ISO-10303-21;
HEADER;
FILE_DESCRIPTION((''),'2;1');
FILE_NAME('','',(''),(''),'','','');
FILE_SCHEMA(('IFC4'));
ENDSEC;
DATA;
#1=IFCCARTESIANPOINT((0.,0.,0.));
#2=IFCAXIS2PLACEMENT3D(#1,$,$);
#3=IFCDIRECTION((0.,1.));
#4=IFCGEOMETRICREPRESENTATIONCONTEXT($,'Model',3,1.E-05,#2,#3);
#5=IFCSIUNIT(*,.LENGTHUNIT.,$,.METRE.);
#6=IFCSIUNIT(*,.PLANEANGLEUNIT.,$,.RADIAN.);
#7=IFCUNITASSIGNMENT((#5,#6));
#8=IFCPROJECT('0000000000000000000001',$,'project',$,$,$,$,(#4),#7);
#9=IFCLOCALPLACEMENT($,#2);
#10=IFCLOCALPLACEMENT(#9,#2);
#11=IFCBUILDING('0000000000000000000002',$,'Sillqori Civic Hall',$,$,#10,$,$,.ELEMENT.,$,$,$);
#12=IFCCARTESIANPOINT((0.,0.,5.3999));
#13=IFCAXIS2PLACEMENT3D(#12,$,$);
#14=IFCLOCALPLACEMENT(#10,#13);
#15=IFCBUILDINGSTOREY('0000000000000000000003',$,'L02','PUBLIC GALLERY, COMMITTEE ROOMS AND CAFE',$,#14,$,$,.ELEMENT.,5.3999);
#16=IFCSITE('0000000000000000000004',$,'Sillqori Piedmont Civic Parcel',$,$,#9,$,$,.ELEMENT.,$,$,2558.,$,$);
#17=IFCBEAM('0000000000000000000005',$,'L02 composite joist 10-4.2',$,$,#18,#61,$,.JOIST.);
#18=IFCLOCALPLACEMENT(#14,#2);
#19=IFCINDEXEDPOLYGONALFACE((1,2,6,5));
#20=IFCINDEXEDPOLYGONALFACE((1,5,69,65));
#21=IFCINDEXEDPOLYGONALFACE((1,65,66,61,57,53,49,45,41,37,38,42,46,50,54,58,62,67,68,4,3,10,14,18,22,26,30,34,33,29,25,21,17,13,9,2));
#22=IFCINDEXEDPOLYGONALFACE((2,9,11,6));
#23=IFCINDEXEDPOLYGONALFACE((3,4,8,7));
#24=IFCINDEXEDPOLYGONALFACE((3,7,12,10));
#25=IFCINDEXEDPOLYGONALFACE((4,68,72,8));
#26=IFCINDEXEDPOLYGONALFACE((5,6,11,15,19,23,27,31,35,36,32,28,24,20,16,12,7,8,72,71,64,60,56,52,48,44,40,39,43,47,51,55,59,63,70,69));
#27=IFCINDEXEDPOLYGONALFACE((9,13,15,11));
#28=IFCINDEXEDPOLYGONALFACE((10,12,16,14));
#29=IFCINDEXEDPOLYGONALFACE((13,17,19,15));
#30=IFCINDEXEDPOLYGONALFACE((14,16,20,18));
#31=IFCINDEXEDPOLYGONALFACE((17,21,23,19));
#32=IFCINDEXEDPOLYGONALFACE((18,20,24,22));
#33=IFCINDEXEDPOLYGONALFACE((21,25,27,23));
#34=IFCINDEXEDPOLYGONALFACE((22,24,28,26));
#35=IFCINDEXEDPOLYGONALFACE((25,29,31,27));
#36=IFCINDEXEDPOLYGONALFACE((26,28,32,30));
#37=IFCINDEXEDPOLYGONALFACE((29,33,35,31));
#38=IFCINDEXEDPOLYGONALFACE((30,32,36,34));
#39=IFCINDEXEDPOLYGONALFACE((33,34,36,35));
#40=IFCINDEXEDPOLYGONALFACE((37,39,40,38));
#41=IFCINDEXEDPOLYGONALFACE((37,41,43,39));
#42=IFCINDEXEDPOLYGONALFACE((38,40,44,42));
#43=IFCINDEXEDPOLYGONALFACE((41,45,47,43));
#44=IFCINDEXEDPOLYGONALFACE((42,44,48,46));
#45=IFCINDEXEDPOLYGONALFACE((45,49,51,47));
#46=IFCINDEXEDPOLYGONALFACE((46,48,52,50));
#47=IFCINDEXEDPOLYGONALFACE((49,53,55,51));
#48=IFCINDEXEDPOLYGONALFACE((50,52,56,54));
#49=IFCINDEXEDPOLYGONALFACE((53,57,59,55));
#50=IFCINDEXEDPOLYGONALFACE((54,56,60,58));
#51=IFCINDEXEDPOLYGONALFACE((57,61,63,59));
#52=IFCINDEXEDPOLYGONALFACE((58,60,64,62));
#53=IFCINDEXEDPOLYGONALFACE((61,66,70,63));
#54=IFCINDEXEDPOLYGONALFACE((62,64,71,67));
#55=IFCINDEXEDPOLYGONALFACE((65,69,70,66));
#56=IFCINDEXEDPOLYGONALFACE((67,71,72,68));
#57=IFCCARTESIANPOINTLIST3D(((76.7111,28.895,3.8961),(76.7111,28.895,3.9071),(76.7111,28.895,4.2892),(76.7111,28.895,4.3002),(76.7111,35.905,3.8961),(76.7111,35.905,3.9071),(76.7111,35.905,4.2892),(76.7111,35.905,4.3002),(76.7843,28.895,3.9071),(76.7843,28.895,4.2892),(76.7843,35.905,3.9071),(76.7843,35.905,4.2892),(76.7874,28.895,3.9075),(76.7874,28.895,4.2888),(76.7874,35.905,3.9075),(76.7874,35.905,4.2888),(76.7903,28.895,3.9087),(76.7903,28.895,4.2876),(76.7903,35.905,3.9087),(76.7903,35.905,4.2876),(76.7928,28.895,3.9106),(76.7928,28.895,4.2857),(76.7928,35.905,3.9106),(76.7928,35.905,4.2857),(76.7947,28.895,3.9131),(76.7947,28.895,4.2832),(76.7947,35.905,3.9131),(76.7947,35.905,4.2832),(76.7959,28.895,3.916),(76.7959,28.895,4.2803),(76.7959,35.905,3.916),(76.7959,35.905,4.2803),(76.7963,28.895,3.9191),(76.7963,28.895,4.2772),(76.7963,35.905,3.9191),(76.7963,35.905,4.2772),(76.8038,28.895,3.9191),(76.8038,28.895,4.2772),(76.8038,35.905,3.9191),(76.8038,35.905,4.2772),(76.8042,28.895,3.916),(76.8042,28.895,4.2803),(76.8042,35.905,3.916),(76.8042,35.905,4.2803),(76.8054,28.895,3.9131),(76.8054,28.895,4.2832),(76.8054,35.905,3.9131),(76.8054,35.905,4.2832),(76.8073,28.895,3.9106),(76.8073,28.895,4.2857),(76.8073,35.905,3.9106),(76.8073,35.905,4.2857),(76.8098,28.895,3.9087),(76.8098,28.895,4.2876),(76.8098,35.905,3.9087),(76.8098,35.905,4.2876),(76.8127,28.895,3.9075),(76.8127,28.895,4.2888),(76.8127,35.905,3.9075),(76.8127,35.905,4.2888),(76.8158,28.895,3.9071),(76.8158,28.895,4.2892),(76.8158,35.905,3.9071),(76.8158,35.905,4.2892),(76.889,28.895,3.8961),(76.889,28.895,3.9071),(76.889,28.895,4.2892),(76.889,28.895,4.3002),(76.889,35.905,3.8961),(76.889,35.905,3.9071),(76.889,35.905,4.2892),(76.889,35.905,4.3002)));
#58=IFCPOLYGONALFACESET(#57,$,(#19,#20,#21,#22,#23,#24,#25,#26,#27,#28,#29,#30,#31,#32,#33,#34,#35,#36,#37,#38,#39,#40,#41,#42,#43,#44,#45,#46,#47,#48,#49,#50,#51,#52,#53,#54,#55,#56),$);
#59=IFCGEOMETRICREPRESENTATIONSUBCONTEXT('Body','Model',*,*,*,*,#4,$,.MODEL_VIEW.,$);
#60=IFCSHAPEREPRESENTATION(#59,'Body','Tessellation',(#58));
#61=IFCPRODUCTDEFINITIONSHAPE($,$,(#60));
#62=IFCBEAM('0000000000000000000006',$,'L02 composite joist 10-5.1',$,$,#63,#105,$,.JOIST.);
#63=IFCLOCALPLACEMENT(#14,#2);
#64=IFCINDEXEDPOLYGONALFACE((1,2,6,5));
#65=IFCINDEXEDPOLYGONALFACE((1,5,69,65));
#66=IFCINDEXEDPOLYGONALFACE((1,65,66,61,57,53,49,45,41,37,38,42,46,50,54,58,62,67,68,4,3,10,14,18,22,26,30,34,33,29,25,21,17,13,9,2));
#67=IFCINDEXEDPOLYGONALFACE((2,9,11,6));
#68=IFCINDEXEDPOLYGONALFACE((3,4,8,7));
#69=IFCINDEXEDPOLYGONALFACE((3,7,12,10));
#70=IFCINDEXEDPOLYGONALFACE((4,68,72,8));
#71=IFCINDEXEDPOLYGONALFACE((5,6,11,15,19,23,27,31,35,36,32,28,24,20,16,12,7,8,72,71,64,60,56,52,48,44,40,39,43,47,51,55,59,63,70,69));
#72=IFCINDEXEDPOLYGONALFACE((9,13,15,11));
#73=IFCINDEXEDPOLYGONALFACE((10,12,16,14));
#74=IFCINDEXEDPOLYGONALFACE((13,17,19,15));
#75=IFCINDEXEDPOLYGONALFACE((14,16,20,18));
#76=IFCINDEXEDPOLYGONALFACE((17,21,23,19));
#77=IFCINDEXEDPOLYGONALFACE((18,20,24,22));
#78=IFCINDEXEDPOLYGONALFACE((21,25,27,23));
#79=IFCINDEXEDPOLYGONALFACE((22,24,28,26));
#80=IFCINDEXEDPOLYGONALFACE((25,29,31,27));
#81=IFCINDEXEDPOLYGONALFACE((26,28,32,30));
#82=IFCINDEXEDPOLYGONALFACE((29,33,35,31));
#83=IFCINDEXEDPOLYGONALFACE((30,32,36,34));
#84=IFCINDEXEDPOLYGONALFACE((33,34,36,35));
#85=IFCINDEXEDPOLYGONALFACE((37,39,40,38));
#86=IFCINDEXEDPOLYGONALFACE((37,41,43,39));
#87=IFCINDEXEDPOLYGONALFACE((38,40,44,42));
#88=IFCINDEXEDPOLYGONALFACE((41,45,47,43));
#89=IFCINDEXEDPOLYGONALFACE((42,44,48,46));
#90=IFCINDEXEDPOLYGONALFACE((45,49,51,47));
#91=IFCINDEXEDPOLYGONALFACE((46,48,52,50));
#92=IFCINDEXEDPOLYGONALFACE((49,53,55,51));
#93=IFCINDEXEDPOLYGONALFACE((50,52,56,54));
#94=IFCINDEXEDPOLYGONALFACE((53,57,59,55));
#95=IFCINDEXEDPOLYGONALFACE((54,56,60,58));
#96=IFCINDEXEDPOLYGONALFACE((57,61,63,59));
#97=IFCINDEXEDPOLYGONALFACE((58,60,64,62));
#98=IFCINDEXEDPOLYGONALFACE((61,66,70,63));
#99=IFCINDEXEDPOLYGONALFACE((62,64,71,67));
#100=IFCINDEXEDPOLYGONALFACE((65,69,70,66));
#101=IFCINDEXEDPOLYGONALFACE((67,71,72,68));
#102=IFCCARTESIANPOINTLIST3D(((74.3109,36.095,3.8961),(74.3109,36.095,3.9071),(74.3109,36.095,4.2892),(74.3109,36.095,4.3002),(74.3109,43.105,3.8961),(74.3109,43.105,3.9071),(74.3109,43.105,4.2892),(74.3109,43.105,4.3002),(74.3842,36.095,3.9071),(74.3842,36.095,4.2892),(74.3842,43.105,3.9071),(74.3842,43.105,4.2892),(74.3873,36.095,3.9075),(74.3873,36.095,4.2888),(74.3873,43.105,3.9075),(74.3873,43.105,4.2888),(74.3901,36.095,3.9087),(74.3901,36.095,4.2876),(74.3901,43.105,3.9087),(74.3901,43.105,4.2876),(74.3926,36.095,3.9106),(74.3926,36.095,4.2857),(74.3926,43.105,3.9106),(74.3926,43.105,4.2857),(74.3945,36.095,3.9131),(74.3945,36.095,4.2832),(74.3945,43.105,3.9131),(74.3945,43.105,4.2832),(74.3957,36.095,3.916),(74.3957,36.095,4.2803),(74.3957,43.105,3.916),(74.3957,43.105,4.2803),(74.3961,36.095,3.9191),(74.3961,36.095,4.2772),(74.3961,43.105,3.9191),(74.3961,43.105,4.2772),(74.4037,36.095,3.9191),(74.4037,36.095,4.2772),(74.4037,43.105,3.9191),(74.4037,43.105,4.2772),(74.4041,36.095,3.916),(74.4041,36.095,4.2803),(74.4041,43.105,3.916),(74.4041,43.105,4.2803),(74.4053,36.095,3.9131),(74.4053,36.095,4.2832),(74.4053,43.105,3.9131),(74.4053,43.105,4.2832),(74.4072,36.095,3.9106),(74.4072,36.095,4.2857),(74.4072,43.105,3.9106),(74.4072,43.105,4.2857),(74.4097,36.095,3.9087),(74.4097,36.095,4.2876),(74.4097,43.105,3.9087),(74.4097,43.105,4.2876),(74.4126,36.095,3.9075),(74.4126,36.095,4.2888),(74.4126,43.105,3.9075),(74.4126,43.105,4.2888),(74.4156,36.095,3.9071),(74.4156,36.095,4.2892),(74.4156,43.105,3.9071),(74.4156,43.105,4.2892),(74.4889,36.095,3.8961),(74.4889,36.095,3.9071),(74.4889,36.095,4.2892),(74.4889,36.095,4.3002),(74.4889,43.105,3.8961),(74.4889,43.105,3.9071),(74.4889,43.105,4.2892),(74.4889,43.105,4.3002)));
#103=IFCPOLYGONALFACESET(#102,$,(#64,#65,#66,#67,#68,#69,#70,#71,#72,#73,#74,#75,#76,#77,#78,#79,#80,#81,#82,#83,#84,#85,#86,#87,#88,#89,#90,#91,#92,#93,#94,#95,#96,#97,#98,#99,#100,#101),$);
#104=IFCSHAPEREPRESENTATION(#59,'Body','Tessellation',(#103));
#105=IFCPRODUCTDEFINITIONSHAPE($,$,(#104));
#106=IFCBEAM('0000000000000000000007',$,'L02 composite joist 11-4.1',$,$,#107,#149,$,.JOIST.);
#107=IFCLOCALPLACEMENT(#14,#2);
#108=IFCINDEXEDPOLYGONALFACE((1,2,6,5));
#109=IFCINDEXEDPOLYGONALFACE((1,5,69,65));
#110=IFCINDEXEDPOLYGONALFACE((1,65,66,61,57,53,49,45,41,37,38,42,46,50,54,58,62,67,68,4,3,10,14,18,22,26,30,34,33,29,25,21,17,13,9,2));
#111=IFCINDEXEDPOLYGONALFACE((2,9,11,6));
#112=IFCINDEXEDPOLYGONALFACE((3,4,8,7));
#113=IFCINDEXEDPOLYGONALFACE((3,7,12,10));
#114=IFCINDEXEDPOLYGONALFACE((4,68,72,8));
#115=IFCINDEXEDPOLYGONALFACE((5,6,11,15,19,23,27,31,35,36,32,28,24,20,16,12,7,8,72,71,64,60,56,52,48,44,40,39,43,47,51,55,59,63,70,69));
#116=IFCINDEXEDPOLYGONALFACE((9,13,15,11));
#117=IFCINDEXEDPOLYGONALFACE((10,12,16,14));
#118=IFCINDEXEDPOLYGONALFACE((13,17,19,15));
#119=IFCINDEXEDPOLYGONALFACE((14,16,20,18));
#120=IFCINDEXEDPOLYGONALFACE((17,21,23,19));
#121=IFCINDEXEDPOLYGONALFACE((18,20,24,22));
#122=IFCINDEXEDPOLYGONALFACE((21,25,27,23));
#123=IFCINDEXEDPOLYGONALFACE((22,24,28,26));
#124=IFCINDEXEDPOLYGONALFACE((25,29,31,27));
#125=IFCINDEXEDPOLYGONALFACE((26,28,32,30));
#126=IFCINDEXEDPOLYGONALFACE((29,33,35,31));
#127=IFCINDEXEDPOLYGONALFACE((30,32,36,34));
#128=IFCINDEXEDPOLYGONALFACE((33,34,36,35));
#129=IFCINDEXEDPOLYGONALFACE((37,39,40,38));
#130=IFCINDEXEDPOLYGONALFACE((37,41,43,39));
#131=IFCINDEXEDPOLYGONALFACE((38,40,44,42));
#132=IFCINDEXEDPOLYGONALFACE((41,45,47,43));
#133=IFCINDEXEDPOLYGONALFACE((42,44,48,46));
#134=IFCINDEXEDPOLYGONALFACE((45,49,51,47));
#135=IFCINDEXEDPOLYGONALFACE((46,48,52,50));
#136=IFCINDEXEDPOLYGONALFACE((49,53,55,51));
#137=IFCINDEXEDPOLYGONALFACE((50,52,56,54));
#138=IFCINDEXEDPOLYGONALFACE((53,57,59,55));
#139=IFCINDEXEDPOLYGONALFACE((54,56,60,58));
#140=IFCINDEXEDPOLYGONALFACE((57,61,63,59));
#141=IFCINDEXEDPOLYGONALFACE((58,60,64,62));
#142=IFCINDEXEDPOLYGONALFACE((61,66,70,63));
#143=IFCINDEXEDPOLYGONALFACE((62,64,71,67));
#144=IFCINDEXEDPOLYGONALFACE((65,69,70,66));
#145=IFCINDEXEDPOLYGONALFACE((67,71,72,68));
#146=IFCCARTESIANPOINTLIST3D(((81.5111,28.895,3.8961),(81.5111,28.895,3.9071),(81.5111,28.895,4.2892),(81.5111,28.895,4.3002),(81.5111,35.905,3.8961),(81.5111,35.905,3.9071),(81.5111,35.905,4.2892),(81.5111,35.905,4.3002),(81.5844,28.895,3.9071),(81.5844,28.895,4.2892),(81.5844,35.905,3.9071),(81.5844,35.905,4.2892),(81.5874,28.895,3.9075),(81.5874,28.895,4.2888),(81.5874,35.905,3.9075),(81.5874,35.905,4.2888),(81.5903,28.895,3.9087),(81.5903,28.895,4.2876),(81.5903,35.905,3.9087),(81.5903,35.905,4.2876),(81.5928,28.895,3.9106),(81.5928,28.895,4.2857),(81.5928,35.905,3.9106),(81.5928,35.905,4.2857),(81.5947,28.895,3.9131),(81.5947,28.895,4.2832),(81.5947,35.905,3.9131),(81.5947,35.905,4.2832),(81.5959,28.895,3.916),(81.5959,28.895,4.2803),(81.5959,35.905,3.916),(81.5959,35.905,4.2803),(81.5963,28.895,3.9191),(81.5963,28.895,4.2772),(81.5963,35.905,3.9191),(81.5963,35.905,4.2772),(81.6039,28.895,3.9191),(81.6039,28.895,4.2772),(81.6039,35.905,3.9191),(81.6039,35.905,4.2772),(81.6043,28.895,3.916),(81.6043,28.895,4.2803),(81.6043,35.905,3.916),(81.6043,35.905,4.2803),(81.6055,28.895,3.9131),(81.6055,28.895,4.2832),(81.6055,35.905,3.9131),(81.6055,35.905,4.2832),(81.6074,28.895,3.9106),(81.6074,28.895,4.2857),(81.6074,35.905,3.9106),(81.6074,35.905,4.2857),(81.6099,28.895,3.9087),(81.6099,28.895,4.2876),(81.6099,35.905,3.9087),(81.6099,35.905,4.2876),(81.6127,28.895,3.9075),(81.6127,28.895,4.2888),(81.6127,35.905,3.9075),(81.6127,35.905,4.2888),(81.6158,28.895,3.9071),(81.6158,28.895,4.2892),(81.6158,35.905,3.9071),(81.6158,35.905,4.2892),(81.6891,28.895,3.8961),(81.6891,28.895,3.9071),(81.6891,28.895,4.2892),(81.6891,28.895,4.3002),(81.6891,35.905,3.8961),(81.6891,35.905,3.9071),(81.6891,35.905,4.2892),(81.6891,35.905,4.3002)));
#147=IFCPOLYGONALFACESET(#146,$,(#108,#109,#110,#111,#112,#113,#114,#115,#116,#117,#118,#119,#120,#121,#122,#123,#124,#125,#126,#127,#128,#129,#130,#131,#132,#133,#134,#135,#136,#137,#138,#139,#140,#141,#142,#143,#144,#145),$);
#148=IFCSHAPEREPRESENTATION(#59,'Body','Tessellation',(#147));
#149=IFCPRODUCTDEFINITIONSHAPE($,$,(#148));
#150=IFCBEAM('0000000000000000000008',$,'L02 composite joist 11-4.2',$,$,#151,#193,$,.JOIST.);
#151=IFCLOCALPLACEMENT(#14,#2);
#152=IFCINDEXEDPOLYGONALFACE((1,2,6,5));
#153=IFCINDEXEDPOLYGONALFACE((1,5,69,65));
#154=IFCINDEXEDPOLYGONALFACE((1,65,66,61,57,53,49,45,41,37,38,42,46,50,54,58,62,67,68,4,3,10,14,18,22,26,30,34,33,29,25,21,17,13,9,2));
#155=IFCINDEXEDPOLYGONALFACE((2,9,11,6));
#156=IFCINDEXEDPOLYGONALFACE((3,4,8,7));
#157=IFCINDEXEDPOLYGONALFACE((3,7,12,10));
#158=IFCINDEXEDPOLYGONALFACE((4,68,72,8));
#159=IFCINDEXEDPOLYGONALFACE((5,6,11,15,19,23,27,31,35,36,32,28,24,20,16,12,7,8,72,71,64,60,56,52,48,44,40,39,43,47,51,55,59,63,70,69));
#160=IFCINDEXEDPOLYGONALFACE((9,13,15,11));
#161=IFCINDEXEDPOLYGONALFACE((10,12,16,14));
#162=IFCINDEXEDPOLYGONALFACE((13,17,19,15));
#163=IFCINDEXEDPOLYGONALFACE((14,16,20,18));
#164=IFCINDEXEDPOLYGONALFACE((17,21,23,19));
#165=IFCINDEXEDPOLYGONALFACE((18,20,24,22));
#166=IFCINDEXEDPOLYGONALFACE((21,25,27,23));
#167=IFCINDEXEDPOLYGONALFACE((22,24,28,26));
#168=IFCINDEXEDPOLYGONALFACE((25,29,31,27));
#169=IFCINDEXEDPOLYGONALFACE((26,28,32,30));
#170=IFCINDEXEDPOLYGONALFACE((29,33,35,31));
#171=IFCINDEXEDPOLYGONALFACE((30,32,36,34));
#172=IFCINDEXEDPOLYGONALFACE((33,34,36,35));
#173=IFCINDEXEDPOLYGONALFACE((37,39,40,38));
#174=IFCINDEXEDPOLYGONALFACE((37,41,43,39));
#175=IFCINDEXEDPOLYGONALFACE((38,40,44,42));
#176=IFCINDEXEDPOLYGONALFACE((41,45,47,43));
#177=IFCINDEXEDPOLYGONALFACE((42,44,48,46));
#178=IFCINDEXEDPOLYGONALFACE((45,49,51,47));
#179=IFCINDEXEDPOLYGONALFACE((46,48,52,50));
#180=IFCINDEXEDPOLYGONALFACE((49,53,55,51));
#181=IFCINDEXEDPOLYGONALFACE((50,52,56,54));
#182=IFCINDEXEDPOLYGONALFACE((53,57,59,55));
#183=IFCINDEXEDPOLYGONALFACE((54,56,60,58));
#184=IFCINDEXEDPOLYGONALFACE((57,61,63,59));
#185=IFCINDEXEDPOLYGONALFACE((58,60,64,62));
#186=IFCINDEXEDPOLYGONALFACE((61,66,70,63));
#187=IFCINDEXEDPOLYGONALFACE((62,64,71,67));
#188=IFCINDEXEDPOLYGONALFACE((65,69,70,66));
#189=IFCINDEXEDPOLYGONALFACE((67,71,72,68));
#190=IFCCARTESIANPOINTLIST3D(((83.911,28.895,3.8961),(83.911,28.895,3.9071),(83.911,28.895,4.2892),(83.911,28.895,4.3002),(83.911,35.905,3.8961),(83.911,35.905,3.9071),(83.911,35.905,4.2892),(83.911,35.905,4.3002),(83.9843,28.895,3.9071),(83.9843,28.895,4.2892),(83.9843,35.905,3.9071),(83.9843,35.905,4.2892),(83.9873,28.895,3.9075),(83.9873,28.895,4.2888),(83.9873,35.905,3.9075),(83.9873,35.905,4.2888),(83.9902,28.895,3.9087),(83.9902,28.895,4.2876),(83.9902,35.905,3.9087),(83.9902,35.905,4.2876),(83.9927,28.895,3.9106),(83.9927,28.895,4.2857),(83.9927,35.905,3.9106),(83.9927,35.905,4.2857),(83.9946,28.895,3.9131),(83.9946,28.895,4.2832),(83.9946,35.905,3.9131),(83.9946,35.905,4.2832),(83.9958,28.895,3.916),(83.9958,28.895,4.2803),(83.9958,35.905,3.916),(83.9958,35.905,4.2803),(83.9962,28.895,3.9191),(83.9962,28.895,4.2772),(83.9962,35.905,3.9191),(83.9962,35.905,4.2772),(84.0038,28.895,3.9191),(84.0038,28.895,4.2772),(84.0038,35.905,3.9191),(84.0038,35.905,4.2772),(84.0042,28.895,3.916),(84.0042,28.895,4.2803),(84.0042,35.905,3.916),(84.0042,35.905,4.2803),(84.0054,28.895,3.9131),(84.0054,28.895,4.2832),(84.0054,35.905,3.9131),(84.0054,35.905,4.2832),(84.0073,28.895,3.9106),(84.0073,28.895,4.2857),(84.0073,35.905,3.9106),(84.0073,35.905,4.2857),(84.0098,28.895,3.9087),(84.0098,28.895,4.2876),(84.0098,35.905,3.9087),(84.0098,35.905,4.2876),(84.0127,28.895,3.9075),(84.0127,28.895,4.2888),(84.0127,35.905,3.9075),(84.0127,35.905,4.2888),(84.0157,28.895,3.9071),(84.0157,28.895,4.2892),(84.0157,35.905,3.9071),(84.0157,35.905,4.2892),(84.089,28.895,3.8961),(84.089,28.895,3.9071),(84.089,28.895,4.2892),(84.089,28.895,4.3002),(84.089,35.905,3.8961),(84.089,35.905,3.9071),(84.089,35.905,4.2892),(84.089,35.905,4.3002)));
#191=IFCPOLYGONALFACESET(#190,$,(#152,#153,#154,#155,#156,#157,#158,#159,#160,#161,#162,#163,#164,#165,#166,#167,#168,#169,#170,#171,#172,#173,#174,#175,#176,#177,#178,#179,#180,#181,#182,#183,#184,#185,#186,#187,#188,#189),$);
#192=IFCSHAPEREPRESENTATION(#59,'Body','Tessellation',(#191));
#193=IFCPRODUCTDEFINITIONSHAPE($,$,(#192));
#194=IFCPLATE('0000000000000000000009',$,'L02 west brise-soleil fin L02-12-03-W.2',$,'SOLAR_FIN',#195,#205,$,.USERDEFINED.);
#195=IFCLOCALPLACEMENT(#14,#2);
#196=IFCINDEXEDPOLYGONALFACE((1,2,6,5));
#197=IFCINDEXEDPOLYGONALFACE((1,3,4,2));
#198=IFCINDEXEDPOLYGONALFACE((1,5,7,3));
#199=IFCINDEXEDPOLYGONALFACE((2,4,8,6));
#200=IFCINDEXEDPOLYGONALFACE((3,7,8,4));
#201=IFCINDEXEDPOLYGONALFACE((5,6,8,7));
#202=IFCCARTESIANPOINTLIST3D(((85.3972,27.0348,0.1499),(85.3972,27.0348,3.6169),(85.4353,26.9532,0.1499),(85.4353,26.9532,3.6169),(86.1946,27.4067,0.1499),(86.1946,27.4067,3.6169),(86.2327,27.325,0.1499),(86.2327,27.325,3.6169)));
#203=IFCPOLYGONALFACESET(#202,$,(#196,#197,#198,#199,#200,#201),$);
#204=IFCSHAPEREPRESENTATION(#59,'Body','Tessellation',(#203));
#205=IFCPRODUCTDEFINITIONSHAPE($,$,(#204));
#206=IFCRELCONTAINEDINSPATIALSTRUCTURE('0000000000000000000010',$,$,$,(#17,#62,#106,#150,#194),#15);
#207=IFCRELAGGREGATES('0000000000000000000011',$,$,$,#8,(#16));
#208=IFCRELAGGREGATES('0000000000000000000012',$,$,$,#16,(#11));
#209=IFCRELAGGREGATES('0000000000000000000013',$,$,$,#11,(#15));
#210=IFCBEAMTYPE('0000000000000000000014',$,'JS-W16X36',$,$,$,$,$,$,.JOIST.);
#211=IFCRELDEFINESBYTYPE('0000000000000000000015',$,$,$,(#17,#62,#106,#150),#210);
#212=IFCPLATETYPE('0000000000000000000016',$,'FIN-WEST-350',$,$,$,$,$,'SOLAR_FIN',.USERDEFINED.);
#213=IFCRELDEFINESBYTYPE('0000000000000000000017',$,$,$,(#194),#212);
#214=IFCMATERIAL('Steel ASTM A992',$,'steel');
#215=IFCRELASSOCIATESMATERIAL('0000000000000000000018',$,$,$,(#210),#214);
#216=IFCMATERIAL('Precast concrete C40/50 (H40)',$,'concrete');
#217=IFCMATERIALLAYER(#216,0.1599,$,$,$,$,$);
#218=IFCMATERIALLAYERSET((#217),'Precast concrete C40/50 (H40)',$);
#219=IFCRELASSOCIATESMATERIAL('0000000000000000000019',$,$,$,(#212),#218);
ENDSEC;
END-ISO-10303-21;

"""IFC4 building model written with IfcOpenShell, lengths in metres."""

from ifc_helpers import new_model, si_unit, direction, frame, origin, origin_2d, place, context, subcontext, project, spatial, rectangle, i_section, extrude, material, layer, layer_set, material_profile, profile_set, type_object, element, save


model = new_model("IFC4")

# Units and contexts
model_context = context("Model", 3, precision=1e-05, world=origin(), true_north=direction((0.0, 1.0)))
body_context = subcontext(model_context, "Body", "Model", "MODEL_VIEW")
ifc_project = project(units=[si_unit("LENGTHUNIT", "METRE"), si_unit("PLANEANGLEUNIT", "RADIAN")], contexts=[model_context])

# Site, building, storey
site_placement = place(None, origin())
site = spatial("IfcSite", under=ifc_project, at=site_placement, Name="Sillqori Piedmont Civic Parcel", CompositionType="ELEMENT", RefElevation=2558.0)
building_placement = place(site_placement, origin())
building = spatial("IfcBuilding", under=site, at=building_placement, Name="Sillqori Civic Hall", CompositionType="ELEMENT")
storey_placement = place(building_placement, frame((0.0, 0.0, 5.3999)))
storey = spatial("IfcBuildingStorey", under=building, at=storey_placement, Name="L02", Description="PUBLIC GALLERY, COMMITTEE ROOMS AND CAFE", CompositionType="ELEMENT", Elevation=5.3999)

# Shared definitions
ifc_material_1 = material(Name="Steel ASTM A992", Category="steel")

# Beams
ifc_material_profile_1 = material_profile(ifc_material_1, i_section(OverallWidth=0.178, OverallDepth=0.4041, WebThickness=0.0076, FlangeThickness=0.011, FilletRadius=0.012, at=origin_2d()), Name="W16X36")
ifc_profile_set_1 = profile_set([ifc_material_profile_1], Name="Steel ASTM A992")
beam_type_1 = type_object("IfcBeamType", Name="JS-W16X36", PredefinedType="JOIST", material=ifc_profile_set_1)
for number, where, z_axis, x_axis, name in (
    (1, (76.8, 28.895, 4.0981), (0.0, 1.0, 0.0), (-1.0, 0.0, 0.0), "L02 composite joist 10-4.2"),
    (2, (74.3999, 36.095, 4.0981), (0.0, 1.0, 0.0), (-1.0, 0.0, 0.0), "L02 composite joist 10-5.1"),
    (3, (81.6001, 28.895, 4.0981), (0.0, 1.0, 0.0), (-1.0, 0.0, 0.0), "L02 composite joist 11-4.1"),
    (4, (84.0, 28.895, 4.0981), (0.0, 1.0, 0.0), (-1.0, 0.0, 0.0), "L02 composite joist 11-4.2"),
):
    element("IfcBeam", number, at=place(storey_placement, frame(where, z_axis=z_axis, x_axis=x_axis)), inside=storey, type_object=beam_type_1, Name=name, PredefinedType="JOIST", context=body_context, shape_type="SweptSolid", body=[
        extrude(i_section(OverallWidth=0.178, OverallDepth=0.4041, WebThickness=0.0076, FlangeThickness=0.011, FilletRadius=0.012, at=origin_2d()), origin(), (0.0, 0.0, 1.0), 7.01),
    ])

# Plate
ifc_material_2 = material(Name="Precast concrete C40/50 (H40)", Category="concrete")
ifc_layer_1 = layer(ifc_material_2, 0.1599)
ifc_layer_set_1 = layer_set([ifc_layer_1], Name="Precast concrete C40/50 (H40)")
plate_type = type_object("IfcPlateType", Name="FIN-WEST-350", ElementType="SOLAR_FIN", PredefinedType="USERDEFINED", material=ifc_layer_set_1)
plate_placement = place(storey_placement, frame((85.8149, 27.1799, 0.1499), z_axis=(0.0, 0.0, 1.0), x_axis=(-0.422618, 0.906308, 0.0)))
element("IfcPlate", 5, at=plate_placement, inside=storey, type_object=plate_type, Name="L02 west brise-soleil fin L02-12-03-W.2", ObjectType="SOLAR_FIN", PredefinedType="USERDEFINED", context=body_context, shape_type="SweptSolid", body=[
    extrude(rectangle(XDim=0.0901, YDim=0.8799, at=origin_2d()), origin(), (0.0, 0.0, 1.0), 3.467),
])

save(model, "model.ifc")
